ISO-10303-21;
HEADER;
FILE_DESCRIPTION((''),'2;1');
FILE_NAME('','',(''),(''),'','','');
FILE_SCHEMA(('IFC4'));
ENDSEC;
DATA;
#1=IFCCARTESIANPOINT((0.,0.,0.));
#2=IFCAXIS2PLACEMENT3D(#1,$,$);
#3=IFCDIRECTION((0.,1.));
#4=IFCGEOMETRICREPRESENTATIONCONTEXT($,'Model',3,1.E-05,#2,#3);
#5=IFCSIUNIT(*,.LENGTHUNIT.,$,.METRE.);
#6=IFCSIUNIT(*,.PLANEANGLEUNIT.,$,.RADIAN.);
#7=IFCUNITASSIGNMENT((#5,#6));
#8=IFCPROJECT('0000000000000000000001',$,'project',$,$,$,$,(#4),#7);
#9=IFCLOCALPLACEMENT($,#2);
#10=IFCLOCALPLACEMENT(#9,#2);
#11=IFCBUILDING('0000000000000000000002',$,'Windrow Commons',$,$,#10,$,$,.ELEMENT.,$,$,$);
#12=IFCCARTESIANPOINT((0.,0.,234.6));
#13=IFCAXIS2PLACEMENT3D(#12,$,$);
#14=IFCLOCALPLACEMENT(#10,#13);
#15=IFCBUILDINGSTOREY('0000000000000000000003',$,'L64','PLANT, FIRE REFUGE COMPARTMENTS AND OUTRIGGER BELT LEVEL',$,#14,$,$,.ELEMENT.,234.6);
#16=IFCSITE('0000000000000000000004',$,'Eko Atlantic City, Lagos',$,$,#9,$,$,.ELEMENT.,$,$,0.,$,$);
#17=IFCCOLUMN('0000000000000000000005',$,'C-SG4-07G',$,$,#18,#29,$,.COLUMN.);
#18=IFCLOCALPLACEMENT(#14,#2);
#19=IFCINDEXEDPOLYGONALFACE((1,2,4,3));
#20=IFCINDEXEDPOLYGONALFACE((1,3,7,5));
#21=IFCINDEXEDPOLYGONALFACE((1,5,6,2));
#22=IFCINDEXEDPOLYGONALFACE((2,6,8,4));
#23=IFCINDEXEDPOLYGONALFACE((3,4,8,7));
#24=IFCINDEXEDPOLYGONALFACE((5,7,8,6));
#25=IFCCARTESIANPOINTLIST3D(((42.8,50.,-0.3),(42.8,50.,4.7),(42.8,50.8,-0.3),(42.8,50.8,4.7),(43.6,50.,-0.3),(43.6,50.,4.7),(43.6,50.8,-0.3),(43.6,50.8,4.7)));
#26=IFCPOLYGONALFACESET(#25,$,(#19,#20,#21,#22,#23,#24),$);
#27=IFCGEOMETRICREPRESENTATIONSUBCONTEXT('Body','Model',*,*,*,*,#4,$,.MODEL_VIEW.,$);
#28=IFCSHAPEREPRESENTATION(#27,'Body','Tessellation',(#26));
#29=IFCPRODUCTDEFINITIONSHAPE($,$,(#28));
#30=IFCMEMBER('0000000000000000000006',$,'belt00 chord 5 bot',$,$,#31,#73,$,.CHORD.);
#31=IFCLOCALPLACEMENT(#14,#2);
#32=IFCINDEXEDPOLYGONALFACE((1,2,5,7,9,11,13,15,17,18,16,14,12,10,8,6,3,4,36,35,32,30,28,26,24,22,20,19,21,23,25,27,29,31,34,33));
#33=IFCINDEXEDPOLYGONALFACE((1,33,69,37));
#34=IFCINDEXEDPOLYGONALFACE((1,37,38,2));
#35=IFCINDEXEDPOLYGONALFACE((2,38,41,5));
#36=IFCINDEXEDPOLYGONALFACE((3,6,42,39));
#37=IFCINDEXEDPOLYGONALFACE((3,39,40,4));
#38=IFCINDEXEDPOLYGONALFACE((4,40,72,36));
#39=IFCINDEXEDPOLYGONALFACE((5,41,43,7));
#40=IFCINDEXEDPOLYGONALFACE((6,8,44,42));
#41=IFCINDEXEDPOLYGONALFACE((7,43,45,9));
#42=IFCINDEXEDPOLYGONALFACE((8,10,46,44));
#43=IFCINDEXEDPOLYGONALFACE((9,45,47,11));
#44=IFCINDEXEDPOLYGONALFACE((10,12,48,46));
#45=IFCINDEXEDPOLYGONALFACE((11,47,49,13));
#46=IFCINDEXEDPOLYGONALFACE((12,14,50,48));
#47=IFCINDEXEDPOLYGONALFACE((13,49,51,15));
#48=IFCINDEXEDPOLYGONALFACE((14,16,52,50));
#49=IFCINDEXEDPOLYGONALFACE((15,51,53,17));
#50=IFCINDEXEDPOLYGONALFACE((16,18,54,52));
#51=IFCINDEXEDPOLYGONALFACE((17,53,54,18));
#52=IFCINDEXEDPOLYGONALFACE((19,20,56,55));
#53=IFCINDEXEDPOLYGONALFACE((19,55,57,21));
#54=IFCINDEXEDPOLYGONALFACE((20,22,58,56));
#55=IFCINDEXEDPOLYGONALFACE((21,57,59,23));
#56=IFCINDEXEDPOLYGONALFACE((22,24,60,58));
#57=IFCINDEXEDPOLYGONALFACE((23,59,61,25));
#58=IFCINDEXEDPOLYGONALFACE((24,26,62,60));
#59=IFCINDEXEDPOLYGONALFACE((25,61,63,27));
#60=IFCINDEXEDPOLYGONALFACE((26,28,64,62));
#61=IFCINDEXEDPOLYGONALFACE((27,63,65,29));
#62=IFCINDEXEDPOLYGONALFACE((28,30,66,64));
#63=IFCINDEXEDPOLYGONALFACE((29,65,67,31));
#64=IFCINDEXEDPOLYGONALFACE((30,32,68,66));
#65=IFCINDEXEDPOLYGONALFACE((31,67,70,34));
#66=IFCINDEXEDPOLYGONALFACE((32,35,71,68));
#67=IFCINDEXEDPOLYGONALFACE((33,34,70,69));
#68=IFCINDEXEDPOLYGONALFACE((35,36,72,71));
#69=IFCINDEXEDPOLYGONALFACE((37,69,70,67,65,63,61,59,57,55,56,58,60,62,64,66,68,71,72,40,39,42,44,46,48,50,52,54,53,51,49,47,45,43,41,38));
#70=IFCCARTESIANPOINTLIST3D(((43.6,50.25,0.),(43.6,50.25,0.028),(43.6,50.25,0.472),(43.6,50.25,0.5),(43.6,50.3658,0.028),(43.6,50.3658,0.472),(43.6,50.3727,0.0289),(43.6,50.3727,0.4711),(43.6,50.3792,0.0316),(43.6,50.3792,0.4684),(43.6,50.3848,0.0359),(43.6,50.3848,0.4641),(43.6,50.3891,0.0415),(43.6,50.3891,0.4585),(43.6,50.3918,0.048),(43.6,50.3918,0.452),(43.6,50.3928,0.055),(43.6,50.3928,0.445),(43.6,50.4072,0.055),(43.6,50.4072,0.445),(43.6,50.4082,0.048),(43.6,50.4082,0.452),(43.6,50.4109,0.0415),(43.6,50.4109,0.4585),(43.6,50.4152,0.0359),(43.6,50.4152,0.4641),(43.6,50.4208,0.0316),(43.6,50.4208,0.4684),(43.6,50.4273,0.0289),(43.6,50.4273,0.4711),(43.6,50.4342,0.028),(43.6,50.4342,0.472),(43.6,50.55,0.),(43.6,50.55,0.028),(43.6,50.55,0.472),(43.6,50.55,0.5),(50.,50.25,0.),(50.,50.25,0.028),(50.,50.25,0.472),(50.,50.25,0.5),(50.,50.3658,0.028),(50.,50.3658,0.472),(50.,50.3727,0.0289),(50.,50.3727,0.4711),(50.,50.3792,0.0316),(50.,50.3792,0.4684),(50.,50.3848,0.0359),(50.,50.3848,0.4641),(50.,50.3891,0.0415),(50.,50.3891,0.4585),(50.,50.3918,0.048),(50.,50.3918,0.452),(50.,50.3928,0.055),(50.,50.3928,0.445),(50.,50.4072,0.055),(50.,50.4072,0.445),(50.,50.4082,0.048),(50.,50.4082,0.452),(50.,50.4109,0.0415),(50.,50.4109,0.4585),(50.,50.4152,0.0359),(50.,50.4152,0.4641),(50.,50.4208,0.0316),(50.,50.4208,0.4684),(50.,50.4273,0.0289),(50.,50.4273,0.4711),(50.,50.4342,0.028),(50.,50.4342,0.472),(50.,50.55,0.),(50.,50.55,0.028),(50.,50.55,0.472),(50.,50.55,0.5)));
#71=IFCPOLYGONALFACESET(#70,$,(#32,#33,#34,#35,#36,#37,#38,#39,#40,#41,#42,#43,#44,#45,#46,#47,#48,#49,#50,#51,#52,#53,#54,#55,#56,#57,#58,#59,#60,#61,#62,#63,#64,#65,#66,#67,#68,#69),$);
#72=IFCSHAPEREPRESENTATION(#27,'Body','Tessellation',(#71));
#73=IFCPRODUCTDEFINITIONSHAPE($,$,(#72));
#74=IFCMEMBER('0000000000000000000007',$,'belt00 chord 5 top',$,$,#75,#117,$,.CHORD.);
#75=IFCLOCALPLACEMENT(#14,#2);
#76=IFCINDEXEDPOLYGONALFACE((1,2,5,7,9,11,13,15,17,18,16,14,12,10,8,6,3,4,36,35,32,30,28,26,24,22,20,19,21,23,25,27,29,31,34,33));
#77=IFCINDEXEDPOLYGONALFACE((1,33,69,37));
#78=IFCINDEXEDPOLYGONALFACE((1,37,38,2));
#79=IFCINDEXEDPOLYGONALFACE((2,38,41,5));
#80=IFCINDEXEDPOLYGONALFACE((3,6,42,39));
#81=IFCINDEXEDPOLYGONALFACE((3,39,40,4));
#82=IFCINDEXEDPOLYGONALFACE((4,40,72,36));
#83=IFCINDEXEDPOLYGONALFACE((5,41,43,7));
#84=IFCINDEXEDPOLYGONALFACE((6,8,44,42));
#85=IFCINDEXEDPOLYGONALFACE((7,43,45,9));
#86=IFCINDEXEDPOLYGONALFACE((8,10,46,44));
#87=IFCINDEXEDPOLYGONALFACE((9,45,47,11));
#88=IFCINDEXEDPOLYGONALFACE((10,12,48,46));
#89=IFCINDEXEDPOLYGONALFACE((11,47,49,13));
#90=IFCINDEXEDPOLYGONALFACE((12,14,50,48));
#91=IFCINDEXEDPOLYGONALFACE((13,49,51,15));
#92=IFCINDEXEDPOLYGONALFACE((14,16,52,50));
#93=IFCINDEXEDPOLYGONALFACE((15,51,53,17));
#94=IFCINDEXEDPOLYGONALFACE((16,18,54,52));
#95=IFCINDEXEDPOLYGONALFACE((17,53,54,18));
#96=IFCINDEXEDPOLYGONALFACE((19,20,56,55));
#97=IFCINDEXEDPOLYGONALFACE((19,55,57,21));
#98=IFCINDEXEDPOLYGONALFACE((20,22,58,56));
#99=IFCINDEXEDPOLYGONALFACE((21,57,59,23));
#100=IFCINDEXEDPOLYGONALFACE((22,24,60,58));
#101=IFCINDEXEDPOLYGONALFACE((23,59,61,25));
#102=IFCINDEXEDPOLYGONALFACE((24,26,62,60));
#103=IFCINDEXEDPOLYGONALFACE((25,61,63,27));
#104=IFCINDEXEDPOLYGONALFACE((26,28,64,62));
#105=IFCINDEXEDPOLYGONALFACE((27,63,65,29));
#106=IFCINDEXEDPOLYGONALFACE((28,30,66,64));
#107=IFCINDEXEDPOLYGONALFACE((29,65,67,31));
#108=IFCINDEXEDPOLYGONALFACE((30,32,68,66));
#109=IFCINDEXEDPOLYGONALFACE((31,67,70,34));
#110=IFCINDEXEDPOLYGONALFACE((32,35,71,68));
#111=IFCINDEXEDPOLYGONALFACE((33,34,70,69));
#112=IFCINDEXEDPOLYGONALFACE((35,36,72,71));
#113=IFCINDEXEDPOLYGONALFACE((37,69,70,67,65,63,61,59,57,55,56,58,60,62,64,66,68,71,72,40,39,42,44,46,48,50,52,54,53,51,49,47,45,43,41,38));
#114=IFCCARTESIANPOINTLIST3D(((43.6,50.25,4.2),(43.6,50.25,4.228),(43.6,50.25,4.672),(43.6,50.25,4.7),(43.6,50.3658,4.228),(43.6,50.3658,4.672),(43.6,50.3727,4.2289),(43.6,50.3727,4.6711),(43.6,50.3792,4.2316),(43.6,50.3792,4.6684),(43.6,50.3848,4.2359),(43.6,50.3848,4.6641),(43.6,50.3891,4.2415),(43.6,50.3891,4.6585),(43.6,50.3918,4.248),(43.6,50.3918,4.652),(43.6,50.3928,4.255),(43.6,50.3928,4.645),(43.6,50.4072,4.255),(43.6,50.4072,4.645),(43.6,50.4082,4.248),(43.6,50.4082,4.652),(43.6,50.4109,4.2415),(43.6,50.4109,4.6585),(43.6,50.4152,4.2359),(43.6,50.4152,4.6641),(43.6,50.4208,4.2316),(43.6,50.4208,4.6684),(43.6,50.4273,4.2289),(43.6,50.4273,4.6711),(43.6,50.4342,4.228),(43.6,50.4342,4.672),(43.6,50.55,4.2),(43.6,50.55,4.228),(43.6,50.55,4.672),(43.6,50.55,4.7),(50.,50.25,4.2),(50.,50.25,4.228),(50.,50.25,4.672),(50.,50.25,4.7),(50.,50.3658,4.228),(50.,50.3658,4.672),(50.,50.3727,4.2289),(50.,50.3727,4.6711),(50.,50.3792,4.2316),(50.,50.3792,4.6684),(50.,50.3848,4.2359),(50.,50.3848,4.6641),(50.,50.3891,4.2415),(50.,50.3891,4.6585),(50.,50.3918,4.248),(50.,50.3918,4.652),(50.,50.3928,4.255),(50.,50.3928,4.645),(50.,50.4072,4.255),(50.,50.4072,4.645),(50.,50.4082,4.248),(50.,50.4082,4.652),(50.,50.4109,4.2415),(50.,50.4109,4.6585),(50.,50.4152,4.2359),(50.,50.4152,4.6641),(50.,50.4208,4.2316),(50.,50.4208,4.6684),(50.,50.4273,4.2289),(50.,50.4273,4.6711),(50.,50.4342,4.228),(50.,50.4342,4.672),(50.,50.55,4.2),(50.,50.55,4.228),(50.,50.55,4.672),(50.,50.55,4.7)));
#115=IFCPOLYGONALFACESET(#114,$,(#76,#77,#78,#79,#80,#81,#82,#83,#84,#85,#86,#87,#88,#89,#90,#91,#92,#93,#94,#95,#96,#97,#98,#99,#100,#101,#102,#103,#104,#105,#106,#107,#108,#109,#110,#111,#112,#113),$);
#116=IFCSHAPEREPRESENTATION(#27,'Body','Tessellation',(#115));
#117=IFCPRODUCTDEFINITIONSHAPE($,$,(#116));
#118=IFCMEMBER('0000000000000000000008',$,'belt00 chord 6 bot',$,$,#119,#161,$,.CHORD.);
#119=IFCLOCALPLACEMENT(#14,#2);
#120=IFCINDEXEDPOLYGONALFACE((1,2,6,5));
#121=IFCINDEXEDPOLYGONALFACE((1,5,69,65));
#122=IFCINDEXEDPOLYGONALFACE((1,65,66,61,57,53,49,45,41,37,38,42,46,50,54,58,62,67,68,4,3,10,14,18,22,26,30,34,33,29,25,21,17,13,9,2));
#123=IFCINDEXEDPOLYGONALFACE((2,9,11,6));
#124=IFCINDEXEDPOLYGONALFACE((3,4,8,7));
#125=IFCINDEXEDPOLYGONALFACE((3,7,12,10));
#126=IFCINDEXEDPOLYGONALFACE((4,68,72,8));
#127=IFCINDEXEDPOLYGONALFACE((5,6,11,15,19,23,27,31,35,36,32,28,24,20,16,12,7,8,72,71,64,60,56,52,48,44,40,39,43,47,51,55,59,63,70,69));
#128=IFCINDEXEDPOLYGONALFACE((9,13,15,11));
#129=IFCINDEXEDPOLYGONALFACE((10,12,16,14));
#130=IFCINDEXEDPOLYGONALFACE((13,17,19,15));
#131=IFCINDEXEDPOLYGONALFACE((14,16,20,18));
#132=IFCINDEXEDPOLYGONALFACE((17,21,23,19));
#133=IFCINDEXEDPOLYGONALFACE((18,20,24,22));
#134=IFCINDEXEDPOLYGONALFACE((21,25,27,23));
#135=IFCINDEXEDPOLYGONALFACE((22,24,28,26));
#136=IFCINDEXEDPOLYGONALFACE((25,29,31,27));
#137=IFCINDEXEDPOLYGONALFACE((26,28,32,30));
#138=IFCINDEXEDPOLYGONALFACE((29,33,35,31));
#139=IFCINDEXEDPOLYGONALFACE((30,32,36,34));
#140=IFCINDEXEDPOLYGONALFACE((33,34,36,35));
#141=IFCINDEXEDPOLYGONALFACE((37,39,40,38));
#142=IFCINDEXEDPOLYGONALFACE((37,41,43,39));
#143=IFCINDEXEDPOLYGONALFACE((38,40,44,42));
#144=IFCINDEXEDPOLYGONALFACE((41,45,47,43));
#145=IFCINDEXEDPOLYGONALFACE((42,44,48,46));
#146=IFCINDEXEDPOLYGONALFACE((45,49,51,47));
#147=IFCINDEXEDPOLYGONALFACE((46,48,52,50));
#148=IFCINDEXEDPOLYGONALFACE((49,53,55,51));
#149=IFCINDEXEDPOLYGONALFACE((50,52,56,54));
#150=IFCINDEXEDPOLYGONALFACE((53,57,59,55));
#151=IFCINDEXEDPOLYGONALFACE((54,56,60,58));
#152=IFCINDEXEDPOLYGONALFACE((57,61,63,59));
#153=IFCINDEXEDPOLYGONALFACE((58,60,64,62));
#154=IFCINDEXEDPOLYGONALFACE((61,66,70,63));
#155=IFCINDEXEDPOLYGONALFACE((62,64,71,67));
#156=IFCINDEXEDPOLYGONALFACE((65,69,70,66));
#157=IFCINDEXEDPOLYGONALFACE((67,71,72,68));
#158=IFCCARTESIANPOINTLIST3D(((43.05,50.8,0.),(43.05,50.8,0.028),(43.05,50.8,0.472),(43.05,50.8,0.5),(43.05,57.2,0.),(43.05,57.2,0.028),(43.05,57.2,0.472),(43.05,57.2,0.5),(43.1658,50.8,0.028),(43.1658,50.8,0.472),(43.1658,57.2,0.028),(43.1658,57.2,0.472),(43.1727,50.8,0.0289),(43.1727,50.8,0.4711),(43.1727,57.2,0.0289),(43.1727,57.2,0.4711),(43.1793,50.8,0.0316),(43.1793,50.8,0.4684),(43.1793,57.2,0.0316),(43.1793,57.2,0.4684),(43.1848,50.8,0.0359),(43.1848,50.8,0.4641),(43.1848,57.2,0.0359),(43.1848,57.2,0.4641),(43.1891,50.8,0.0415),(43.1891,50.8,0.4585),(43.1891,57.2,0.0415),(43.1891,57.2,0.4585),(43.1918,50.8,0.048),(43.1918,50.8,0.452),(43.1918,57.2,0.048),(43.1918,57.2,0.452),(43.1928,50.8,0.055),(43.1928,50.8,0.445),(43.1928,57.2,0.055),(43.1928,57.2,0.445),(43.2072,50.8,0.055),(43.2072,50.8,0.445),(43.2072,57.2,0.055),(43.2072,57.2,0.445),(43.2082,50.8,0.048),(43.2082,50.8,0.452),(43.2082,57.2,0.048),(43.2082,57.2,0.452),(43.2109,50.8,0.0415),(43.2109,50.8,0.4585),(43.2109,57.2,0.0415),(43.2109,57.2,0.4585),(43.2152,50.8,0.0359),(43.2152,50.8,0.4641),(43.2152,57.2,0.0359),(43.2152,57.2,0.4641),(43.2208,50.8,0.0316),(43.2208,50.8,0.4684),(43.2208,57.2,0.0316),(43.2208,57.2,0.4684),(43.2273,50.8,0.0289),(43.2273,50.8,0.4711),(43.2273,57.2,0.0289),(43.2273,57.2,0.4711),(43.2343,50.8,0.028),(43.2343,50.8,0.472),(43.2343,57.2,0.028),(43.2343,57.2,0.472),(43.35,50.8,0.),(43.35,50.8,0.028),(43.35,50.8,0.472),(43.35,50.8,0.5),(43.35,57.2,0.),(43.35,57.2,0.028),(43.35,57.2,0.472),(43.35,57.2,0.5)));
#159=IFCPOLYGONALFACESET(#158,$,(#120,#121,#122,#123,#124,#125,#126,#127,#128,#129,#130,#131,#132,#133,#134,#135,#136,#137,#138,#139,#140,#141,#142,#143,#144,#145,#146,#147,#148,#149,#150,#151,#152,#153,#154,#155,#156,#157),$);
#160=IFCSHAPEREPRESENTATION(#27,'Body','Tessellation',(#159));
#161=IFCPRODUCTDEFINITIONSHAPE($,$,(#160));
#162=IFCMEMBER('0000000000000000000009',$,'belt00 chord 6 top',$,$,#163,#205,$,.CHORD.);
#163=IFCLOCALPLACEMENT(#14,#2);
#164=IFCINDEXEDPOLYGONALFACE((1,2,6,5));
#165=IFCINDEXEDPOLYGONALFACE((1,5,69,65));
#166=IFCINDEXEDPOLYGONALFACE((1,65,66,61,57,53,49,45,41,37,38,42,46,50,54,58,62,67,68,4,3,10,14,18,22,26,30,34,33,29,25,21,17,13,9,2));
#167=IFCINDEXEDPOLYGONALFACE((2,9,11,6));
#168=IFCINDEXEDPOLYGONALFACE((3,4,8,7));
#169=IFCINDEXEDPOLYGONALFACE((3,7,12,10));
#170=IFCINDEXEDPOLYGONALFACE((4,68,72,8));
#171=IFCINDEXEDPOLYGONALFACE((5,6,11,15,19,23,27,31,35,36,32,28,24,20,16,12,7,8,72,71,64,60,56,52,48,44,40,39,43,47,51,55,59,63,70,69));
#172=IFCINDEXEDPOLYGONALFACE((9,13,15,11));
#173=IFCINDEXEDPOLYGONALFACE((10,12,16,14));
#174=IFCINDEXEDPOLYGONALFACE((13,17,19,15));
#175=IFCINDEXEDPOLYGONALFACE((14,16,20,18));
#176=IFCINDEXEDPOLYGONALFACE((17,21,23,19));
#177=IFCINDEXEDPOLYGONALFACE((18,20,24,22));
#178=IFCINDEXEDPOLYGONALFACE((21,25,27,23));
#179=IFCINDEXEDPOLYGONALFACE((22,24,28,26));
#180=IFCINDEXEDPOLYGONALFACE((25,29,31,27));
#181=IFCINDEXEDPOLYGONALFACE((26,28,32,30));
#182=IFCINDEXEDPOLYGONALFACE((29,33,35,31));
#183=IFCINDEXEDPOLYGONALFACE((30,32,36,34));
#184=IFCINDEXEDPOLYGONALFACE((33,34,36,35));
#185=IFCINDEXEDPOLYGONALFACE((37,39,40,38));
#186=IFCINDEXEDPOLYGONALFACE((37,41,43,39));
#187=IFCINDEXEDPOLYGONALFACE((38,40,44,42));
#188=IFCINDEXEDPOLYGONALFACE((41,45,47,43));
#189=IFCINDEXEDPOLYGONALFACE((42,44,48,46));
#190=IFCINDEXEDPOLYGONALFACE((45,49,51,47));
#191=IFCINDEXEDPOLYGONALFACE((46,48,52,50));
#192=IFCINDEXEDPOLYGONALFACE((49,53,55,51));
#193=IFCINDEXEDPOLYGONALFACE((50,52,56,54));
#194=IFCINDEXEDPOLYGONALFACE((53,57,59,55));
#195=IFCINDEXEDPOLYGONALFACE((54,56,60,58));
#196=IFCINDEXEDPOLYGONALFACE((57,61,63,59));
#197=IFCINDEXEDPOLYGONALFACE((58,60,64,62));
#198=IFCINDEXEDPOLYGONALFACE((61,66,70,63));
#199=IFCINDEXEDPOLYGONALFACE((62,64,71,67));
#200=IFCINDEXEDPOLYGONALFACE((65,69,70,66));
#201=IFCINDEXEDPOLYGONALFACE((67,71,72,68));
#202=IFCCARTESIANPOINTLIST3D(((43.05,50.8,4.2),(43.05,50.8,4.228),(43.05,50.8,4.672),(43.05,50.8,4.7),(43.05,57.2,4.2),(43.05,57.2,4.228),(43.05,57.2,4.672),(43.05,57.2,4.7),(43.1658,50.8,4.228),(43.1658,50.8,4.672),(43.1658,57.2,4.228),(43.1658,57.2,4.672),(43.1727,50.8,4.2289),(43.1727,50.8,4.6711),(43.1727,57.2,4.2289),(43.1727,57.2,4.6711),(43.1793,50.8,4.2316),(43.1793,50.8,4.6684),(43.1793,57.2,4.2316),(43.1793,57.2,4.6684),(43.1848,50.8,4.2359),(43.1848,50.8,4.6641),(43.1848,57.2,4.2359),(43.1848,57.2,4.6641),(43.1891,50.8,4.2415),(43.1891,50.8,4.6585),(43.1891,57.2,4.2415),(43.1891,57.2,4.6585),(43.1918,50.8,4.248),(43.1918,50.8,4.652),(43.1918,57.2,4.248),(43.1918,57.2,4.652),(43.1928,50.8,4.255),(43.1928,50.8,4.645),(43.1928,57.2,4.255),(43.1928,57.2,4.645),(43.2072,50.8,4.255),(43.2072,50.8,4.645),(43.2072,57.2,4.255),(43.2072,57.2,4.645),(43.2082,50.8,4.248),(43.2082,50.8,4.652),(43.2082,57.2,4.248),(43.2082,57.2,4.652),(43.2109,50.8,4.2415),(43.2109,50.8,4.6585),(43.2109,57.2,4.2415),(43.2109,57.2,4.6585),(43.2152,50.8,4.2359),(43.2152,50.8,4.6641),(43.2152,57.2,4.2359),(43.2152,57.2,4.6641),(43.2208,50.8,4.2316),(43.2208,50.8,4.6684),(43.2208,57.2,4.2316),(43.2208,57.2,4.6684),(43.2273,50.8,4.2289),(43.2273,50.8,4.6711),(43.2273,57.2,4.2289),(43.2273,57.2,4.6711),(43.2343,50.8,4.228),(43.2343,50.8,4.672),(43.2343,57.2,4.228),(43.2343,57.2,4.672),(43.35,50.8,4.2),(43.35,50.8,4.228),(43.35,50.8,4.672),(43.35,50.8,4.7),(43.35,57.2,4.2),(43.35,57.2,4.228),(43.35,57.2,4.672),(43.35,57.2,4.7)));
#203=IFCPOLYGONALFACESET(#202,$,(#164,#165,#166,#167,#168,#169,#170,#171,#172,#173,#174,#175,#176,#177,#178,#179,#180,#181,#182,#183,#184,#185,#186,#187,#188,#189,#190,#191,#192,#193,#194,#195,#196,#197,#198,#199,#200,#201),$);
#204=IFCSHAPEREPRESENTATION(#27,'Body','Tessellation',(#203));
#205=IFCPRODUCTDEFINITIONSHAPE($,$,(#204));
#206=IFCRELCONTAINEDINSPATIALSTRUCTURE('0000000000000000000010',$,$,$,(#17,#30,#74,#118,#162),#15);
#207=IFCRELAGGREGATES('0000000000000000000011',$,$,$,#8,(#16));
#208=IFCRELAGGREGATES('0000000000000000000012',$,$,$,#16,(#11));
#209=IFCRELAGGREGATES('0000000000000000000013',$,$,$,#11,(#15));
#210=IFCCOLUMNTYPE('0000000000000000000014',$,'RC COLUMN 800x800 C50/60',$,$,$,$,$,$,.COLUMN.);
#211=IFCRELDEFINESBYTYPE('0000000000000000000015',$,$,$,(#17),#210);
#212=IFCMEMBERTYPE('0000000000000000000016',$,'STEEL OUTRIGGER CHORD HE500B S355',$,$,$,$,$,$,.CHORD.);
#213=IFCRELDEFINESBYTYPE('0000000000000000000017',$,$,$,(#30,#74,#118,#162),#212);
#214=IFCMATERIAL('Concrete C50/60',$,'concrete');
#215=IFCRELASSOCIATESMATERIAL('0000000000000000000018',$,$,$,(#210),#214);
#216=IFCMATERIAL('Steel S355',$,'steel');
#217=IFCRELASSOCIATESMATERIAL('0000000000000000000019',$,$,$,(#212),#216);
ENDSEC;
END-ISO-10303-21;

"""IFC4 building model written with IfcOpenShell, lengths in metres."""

from ifc_helpers import new_model, si_unit, direction, frame, origin, origin_2d, place, context, subcontext, project, spatial, rectangle, i_section, extrude, material, material_profile, profile_set, type_object, element, save


model = new_model("IFC4")

# Units and contexts
model_context = context("Model", 3, precision=1e-05, world=origin(), true_north=direction((0.0, 1.0)))
body_context = subcontext(model_context, "Body", "Model", "MODEL_VIEW")
ifc_project = project(units=[si_unit("LENGTHUNIT", "METRE"), si_unit("PLANEANGLEUNIT", "RADIAN")], contexts=[model_context])

# Site, building, storey
site_placement = place(None, origin())
site = spatial("IfcSite", under=ifc_project, at=site_placement, Name="Eko Atlantic City, Lagos", CompositionType="ELEMENT", RefElevation=0.0)
building_placement = place(site_placement, origin())
building = spatial("IfcBuilding", under=site, at=building_placement, Name="Windrow Commons", CompositionType="ELEMENT")
storey_placement = place(building_placement, frame((0.0, 0.0, 234.6)))
storey = spatial("IfcBuildingStorey", under=building, at=storey_placement, Name="L64", Description="PLANT, FIRE REFUGE COMPARTMENTS AND OUTRIGGER BELT LEVEL", CompositionType="ELEMENT", Elevation=234.6)

# Column
ifc_material_1 = material(Name="Concrete C50/60", Category="concrete")
ifc_material_profile_1 = material_profile(ifc_material_1, rectangle(XDim=0.8, YDim=0.8, at=origin_2d()))
ifc_profile_set_1 = profile_set([ifc_material_profile_1], Name="Concrete C50/60")
column_type = type_object("IfcColumnType", Name="RC COLUMN 800x800 C50/60", PredefinedType="COLUMN", material=ifc_profile_set_1)
column_placement = place(storey_placement, frame((43.2, 50.4, -0.3), z_axis=(0.0, 0.0, 1.0), x_axis=(1.0, 0.0, 0.0)))
element("IfcColumn", 1, at=column_placement, inside=storey, type_object=column_type, Name="C-SG4-07G", PredefinedType="COLUMN", context=body_context, shape_type="SweptSolid", body=[
    extrude(rectangle(XDim=0.8, YDim=0.8, at=origin_2d()), origin(), (0.0, 0.0, 1.0), 5.0),
])

# Members
ifc_material_2 = material(Name="Steel S355", Category="steel")
ifc_material_profile_2 = material_profile(ifc_material_2, i_section(OverallWidth=0.3, OverallDepth=0.5, WebThickness=0.0145, FlangeThickness=0.028, FilletRadius=0.027, at=origin_2d()))
ifc_profile_set_2 = profile_set([ifc_material_profile_2], Name="Steel S355")
member_type_1 = type_object("IfcMemberType", Name="STEEL OUTRIGGER CHORD HE500B S355", PredefinedType="CHORD", material=ifc_profile_set_2)
for number, where, z_axis, x_axis, name in (
    (2, (50.0, 50.4, 0.25), (-1.0, 0.0, 0.0), (0.0, -1.0, 0.0), "belt00 chord 5 bot"),
    (3, (50.0, 50.4, 4.45), (-1.0, 0.0, 0.0), (0.0, -1.0, 0.0), "belt00 chord 5 top"),
    (4, (43.2, 50.8, 0.25), (0.0, 1.0, 0.0), (-1.0, 0.0, 0.0), "belt00 chord 6 bot"),
    (5, (43.2, 50.8, 4.45), (0.0, 1.0, 0.0), (-1.0, 0.0, 0.0), "belt00 chord 6 top"),
):
    element("IfcMember", number, at=place(storey_placement, frame(where, z_axis=z_axis, x_axis=x_axis)), inside=storey, type_object=member_type_1, Name=name, PredefinedType="CHORD", context=body_context, shape_type="SweptSolid", body=[
        extrude(i_section(OverallWidth=0.3, OverallDepth=0.5, WebThickness=0.0145, FlangeThickness=0.028, FilletRadius=0.027, at=origin_2d()), origin(), (0.0, 0.0, 1.0), 6.4),
    ])

save(model, "model.ifc")
